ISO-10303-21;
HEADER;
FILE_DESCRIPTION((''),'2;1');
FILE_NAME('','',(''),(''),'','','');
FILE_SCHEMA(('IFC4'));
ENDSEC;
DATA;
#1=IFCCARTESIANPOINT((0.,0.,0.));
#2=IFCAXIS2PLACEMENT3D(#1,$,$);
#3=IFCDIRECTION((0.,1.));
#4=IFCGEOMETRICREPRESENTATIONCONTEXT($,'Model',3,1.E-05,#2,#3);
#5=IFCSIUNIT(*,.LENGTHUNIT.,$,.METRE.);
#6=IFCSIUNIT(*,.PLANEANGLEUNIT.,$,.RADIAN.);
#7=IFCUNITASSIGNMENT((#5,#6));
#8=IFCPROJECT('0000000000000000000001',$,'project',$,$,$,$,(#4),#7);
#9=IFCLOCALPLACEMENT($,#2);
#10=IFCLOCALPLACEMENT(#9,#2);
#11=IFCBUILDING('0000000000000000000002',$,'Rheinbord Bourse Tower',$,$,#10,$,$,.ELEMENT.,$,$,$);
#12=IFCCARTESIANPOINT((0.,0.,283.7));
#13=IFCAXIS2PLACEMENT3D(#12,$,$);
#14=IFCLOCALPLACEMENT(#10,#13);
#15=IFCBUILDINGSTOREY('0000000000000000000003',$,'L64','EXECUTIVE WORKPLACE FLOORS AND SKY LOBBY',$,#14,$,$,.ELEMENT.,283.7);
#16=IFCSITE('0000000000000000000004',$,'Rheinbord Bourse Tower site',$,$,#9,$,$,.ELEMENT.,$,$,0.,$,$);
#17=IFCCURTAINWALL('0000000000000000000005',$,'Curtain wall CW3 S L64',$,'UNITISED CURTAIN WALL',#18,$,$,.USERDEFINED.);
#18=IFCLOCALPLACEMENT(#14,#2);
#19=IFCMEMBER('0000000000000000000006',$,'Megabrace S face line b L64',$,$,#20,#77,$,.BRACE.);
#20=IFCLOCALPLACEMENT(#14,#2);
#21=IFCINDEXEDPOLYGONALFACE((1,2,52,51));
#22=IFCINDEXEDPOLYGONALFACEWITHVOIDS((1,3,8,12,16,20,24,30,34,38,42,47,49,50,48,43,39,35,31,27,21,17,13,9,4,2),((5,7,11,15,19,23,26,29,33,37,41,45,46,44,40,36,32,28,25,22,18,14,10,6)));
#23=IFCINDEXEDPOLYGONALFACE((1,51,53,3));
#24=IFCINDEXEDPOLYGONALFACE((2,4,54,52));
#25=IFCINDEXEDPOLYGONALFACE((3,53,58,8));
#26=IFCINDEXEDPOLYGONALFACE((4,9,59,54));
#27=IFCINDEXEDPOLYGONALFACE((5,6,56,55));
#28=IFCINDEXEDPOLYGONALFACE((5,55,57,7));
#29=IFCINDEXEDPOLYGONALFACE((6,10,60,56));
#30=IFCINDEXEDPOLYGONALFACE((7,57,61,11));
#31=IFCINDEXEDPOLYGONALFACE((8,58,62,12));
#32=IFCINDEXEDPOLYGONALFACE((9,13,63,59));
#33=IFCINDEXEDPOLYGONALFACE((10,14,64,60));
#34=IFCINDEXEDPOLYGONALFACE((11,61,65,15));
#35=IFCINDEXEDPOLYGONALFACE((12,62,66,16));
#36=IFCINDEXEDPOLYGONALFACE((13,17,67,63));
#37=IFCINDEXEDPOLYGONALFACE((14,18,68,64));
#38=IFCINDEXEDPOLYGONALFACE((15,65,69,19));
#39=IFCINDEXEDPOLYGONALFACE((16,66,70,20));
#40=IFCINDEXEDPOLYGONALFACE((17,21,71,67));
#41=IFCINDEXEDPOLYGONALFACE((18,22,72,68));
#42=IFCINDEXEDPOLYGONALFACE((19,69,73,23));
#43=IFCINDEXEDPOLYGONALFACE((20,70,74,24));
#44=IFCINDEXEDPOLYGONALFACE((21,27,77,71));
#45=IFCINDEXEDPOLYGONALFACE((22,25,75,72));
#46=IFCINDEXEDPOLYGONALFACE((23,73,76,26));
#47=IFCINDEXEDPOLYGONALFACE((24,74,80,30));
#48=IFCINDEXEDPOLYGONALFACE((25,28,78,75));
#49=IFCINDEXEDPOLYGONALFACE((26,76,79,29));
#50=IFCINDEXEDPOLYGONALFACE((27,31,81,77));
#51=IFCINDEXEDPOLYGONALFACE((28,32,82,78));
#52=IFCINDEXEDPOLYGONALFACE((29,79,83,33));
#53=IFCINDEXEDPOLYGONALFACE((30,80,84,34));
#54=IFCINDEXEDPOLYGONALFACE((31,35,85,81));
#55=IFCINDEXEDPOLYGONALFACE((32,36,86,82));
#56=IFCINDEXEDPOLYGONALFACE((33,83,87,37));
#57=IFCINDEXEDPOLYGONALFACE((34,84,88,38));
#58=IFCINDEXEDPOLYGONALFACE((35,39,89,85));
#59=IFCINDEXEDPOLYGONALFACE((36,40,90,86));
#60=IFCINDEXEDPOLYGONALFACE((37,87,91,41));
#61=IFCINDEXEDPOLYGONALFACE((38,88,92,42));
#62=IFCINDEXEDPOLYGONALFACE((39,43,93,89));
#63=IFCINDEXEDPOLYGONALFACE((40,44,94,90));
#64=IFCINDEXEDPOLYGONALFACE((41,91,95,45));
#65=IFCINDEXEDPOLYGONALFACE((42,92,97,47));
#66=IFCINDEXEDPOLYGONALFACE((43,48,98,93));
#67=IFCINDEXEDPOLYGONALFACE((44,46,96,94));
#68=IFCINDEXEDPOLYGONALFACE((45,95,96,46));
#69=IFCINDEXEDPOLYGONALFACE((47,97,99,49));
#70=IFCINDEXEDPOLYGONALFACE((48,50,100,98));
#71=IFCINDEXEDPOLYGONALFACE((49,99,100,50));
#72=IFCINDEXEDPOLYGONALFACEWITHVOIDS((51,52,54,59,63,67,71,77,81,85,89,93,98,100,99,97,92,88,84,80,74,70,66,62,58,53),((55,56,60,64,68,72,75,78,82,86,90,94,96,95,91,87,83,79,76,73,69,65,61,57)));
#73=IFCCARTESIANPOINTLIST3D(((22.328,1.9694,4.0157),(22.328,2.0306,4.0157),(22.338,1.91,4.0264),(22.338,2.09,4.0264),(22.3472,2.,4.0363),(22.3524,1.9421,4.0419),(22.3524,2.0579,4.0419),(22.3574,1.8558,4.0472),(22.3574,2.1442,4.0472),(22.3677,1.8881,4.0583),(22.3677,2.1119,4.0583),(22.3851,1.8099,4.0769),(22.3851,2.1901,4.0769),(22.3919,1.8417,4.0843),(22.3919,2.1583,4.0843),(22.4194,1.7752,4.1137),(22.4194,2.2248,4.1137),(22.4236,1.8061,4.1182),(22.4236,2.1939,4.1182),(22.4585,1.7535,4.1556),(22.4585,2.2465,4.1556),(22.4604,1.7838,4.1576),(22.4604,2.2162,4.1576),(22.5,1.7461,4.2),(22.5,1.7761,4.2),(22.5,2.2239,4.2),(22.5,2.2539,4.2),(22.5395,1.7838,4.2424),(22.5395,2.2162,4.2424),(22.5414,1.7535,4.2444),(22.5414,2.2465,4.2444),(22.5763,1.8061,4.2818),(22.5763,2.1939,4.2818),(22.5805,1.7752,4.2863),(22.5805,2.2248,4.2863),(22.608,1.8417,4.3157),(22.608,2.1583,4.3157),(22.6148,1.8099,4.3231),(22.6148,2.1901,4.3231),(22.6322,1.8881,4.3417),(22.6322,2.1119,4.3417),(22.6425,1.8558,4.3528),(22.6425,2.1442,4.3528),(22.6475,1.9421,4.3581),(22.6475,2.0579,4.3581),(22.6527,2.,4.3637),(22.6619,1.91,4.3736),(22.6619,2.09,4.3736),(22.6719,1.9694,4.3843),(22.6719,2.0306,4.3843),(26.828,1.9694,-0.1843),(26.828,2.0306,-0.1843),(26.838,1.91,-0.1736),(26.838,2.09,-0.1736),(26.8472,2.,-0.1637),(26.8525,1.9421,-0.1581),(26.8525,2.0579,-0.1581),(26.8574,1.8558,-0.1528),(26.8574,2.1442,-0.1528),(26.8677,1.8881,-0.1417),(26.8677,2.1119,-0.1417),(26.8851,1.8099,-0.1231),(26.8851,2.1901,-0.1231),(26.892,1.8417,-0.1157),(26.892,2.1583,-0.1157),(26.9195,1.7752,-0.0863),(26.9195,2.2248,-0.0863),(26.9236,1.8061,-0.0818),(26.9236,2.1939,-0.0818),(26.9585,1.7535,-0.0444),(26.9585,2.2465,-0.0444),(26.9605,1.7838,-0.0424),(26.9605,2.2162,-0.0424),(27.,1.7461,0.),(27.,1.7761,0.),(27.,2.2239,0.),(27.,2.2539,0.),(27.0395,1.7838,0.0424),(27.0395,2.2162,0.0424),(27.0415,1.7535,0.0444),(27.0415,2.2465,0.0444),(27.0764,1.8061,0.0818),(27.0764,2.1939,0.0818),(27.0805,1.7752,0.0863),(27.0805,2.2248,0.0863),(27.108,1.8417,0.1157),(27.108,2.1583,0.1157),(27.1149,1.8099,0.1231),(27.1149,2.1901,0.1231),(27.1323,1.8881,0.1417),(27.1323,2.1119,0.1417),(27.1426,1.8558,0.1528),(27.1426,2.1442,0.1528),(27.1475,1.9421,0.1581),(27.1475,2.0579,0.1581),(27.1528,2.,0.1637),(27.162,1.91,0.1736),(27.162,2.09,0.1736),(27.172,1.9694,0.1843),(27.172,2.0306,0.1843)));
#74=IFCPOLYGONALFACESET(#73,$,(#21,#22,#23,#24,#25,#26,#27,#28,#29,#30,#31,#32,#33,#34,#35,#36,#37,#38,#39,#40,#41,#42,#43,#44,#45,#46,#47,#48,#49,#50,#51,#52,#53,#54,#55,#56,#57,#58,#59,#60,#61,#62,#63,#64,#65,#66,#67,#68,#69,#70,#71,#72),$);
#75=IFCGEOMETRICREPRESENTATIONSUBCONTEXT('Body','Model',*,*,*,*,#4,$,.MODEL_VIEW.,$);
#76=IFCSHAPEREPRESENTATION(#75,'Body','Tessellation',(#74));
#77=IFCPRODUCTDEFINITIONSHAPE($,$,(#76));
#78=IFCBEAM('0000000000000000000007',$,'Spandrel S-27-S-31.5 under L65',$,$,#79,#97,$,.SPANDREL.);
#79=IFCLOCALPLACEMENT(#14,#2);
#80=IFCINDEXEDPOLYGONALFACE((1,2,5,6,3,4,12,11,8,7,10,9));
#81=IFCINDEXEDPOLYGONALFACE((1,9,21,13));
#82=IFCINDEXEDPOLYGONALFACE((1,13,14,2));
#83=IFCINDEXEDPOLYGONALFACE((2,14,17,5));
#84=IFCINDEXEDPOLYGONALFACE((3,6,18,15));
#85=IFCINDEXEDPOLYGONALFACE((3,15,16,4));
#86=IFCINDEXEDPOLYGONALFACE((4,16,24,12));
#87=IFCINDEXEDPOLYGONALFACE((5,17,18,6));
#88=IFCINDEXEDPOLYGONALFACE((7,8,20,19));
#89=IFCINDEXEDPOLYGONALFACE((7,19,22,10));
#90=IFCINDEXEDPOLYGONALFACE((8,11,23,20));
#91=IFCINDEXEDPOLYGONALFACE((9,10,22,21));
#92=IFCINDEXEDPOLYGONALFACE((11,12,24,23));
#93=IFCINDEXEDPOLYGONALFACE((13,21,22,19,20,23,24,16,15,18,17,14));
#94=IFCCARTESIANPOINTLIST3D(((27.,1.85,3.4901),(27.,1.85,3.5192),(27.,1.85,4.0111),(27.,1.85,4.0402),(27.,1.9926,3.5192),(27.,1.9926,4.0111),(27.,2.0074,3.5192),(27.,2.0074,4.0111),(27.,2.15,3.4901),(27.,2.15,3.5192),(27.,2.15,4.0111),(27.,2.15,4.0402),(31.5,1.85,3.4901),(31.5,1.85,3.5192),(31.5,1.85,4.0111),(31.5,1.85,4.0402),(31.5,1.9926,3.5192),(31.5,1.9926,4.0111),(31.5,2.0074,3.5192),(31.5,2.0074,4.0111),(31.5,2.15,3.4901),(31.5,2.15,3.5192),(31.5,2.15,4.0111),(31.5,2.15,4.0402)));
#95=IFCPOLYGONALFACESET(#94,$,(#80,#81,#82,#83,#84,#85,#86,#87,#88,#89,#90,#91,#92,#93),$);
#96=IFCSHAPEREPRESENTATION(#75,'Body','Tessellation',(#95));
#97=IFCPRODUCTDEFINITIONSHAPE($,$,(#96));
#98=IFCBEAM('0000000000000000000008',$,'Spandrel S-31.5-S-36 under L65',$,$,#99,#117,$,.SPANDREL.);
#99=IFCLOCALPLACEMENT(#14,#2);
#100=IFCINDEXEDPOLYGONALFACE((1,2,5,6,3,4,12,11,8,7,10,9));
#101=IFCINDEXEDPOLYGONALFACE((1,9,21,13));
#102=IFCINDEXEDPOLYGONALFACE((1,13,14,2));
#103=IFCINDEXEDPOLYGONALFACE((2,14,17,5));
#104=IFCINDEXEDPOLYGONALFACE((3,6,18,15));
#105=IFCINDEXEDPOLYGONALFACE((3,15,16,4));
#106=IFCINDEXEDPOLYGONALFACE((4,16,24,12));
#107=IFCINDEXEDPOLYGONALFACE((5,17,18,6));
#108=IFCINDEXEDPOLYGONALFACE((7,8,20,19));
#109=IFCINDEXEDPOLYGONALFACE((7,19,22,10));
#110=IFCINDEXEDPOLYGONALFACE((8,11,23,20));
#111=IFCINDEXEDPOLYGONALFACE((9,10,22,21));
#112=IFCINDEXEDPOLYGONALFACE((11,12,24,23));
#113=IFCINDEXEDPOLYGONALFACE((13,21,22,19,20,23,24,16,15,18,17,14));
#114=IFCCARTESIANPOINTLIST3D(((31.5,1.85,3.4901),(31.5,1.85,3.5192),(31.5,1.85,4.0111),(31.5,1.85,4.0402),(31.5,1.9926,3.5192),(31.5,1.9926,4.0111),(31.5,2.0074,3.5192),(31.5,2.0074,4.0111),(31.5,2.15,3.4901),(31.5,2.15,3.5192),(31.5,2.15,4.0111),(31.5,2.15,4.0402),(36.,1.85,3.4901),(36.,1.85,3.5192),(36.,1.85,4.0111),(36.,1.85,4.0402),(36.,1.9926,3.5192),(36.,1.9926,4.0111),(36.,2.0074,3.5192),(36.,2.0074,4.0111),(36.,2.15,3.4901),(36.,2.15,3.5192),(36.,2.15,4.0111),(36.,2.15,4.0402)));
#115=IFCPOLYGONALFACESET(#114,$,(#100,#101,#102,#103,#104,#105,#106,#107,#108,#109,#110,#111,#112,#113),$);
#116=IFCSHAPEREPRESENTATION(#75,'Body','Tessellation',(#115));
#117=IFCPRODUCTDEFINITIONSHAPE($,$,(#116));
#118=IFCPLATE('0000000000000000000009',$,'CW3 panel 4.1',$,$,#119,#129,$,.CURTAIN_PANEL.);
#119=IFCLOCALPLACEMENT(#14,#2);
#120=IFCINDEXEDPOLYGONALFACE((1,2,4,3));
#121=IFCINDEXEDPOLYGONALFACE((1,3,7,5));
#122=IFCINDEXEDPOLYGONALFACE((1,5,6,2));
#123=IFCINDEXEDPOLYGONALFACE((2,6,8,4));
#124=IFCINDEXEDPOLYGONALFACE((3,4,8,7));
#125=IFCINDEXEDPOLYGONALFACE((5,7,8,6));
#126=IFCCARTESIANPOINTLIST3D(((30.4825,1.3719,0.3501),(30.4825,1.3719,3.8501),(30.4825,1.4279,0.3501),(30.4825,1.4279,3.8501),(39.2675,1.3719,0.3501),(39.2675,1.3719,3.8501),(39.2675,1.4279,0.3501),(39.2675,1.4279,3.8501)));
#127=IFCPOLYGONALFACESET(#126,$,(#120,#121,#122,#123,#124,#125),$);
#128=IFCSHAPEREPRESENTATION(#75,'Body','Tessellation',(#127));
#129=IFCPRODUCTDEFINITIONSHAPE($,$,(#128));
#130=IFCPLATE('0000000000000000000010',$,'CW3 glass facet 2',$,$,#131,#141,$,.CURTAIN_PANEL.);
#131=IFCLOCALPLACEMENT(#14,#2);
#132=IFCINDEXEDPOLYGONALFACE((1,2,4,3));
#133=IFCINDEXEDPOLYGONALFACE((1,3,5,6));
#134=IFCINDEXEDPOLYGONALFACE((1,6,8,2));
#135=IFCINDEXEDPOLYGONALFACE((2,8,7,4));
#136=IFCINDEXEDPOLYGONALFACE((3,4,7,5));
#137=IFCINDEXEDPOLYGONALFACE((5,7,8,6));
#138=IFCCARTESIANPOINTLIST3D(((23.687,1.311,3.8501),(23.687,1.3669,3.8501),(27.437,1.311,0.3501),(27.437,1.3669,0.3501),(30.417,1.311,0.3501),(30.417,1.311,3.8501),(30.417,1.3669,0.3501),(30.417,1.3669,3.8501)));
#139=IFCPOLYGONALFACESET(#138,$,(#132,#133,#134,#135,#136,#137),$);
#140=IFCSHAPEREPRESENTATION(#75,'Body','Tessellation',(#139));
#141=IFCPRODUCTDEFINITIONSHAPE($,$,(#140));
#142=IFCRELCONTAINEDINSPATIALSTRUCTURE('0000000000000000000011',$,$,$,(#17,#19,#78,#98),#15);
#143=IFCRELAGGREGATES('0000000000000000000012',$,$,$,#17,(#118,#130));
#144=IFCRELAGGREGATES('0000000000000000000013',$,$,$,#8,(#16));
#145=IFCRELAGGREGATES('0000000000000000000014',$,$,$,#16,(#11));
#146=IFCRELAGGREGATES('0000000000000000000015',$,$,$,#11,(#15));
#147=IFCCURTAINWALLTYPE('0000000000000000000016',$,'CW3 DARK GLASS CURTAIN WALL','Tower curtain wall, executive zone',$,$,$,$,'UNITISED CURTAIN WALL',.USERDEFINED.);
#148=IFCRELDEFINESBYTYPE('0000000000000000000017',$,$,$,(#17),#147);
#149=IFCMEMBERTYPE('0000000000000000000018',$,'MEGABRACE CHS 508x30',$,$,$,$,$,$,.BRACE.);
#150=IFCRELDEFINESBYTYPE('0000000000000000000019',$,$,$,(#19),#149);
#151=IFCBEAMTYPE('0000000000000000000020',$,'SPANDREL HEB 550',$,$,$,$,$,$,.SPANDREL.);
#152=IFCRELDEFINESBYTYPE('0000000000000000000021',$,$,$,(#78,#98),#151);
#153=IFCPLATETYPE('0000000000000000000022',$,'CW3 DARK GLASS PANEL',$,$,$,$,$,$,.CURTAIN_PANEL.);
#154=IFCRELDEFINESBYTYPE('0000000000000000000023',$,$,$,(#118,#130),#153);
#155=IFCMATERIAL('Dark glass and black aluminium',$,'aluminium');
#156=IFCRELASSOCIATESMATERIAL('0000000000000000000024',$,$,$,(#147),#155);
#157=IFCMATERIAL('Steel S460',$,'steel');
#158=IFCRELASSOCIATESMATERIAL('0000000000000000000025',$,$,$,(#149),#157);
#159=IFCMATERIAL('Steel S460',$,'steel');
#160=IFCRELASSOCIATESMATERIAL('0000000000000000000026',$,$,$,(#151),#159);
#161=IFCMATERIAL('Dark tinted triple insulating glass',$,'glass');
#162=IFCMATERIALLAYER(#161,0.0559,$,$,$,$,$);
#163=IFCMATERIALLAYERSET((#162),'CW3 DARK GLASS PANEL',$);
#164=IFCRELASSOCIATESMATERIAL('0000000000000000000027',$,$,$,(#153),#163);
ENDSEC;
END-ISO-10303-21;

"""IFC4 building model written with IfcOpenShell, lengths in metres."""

from ifc_helpers import new_model, si_unit, direction, frame, origin, origin_2d, place, context, subcontext, project, spatial, polyline, rectangle, hollow_circle, i_section, outline, extrude, material, layer, layer_set, material_profile, profile_set, type_object, element, aggregate, save


model = new_model("IFC4")

# Units and contexts
model_context = context("Model", 3, precision=1e-05, world=origin(), true_north=direction((0.0, 1.0)))
body_context = subcontext(model_context, "Body", "Model", "MODEL_VIEW")
ifc_project = project(units=[si_unit("LENGTHUNIT", "METRE"), si_unit("PLANEANGLEUNIT", "RADIAN")], contexts=[model_context])

# Site, building, storey
site_placement = place(None, origin())
site = spatial("IfcSite", under=ifc_project, at=site_placement, Name="Rheinbord Bourse Tower site", CompositionType="ELEMENT", RefElevation=0.0)
building_placement = place(site_placement, origin())
building = spatial("IfcBuilding", under=site, at=building_placement, Name="Rheinbord Bourse Tower", CompositionType="ELEMENT")
storey_placement = place(building_placement, frame((0.0, 0.0, 283.7)))
storey = spatial("IfcBuildingStorey", under=building, at=storey_placement, Name="L64", Description="EXECUTIVE WORKPLACE FLOORS AND SKY LOBBY", CompositionType="ELEMENT", Elevation=283.7)

# Curtain wall
ifc_material_1 = material(Name="Dark glass and black aluminium", Category="aluminium")
curtain_wall_type = type_object("IfcCurtainWallType", Name="CW3 DARK GLASS CURTAIN WALL", Description="Tower curtain wall, executive zone", ElementType="UNITISED CURTAIN WALL", PredefinedType="USERDEFINED", material=ifc_material_1)
curtain_wall_placement = place(storey_placement, origin())
curtain_wall = element("IfcCurtainWall", 1, at=curtain_wall_placement, inside=storey, type_object=curtain_wall_type, Name="Curtain wall CW3 S L64", ObjectType="UNITISED CURTAIN WALL", PredefinedType="USERDEFINED")

# Member
ifc_material_2 = material(Name="Steel S460", Category="steel")
ifc_material_profile_1 = material_profile(ifc_material_2, hollow_circle(Radius=0.2539, WallThickness=0.03, at=origin_2d()), Name="CHS 508x30")
ifc_profile_set_1 = profile_set([ifc_material_profile_1], Name="Steel S460")
member_type_1 = type_object("IfcMemberType", Name="MEGABRACE CHS 508x30", PredefinedType="BRACE", material=ifc_profile_set_1)
member_1_placement = place(storey_placement, frame((27.0, 2.0, 0.0), z_axis=(-0.731059, 0.0, 0.682314), x_axis=(0.0, -1.0, 0.0)))
element("IfcMember", 2, at=member_1_placement, inside=storey, type_object=member_type_1, Name="Megabrace S face line b L64", PredefinedType="BRACE", context=body_context, shape_type="SweptSolid", body=[
    extrude(hollow_circle(Radius=0.2539, WallThickness=0.03, at=origin_2d()), origin(), (0.0, 0.0, 1.0), 6.1555),
])

# Beams
ifc_material_3 = material(Name="Steel S460", Category="steel")
ifc_material_profile_2 = material_profile(ifc_material_3, i_section(OverallWidth=0.3, OverallDepth=0.55, WebThickness=0.0149, FlangeThickness=0.0291, at=origin_2d()), Name="HEB 550")
ifc_profile_set_2 = profile_set([ifc_material_profile_2], Name="Steel S460")
beam_type_1 = type_object("IfcBeamType", Name="SPANDREL HEB 550", PredefinedType="SPANDREL", material=ifc_profile_set_2)
for number, where, z_axis, x_axis, name in (
    (3, (27.0, 2.0, 3.7651), (1.0, 0.0, 0.0), (0.0, 1.0, 0.0), "Spandrel S-27-S-31.5 under L65"),
    (4, (31.5, 2.0, 3.7651), (1.0, 0.0, 0.0), (0.0, 1.0, 0.0), "Spandrel S-31.5-S-36 under L65"),
):
    element("IfcBeam", number, at=place(storey_placement, frame(where, z_axis=z_axis, x_axis=x_axis)), inside=storey, type_object=beam_type_1, Name=name, PredefinedType="SPANDREL", context=body_context, shape_type="SweptSolid", body=[
        extrude(i_section(OverallWidth=0.3, OverallDepth=0.55, WebThickness=0.0149, FlangeThickness=0.0291, at=origin_2d()), origin(), (0.0, 0.0, 1.0), 4.5),
    ])

# Plates
ifc_material_4 = material(Name="Dark tinted triple insulating glass", Category="glass")
ifc_layer = layer(ifc_material_4, 0.0559)
ifc_layer_set = layer_set([ifc_layer], Name="CW3 DARK GLASS PANEL")
plate_type = type_object("IfcPlateType", Name="CW3 DARK GLASS PANEL", PredefinedType="CURTAIN_PANEL", material=ifc_layer_set)
plate_1_placement = place(storey_placement, frame((34.875, 1.3999, 0.3501), z_axis=(0.0, 0.0, 1.0), x_axis=(1.0, 0.0, 0.0)))
plate_1 = element("IfcPlate", 5, at=plate_1_placement, type_object=plate_type, Name="CW3 panel 4.1", PredefinedType="CURTAIN_PANEL", context=body_context, shape_type="SweptSolid", body=[
    extrude(rectangle(XDim=8.7849, YDim=0.0559, at=origin_2d()), origin(), (0.0, 0.0, 1.0), 3.5),
])
plate_2_placement = place(storey_placement, frame((30.417, 1.311, 3.8501), z_axis=(0.0, 1.0, 0.0), x_axis=(0.0, 0.0, -1.0)))
plate_2 = element("IfcPlate", 6, at=plate_2_placement, type_object=plate_type, Name="CW3 glass facet 2", PredefinedType="CURTAIN_PANEL", context=body_context, shape_type="SweptSolid", body=[
    extrude(outline(polyline([(0.0, 0.0), (3.5, 0.0), (3.5, 2.98), (0.0, 6.73), (0.0, 0.0)])), origin(), (0.0, 0.0, 1.0), 0.0559),
])
aggregate(curtain_wall, [plate_1, plate_2])

save(model, "model.ifc")
